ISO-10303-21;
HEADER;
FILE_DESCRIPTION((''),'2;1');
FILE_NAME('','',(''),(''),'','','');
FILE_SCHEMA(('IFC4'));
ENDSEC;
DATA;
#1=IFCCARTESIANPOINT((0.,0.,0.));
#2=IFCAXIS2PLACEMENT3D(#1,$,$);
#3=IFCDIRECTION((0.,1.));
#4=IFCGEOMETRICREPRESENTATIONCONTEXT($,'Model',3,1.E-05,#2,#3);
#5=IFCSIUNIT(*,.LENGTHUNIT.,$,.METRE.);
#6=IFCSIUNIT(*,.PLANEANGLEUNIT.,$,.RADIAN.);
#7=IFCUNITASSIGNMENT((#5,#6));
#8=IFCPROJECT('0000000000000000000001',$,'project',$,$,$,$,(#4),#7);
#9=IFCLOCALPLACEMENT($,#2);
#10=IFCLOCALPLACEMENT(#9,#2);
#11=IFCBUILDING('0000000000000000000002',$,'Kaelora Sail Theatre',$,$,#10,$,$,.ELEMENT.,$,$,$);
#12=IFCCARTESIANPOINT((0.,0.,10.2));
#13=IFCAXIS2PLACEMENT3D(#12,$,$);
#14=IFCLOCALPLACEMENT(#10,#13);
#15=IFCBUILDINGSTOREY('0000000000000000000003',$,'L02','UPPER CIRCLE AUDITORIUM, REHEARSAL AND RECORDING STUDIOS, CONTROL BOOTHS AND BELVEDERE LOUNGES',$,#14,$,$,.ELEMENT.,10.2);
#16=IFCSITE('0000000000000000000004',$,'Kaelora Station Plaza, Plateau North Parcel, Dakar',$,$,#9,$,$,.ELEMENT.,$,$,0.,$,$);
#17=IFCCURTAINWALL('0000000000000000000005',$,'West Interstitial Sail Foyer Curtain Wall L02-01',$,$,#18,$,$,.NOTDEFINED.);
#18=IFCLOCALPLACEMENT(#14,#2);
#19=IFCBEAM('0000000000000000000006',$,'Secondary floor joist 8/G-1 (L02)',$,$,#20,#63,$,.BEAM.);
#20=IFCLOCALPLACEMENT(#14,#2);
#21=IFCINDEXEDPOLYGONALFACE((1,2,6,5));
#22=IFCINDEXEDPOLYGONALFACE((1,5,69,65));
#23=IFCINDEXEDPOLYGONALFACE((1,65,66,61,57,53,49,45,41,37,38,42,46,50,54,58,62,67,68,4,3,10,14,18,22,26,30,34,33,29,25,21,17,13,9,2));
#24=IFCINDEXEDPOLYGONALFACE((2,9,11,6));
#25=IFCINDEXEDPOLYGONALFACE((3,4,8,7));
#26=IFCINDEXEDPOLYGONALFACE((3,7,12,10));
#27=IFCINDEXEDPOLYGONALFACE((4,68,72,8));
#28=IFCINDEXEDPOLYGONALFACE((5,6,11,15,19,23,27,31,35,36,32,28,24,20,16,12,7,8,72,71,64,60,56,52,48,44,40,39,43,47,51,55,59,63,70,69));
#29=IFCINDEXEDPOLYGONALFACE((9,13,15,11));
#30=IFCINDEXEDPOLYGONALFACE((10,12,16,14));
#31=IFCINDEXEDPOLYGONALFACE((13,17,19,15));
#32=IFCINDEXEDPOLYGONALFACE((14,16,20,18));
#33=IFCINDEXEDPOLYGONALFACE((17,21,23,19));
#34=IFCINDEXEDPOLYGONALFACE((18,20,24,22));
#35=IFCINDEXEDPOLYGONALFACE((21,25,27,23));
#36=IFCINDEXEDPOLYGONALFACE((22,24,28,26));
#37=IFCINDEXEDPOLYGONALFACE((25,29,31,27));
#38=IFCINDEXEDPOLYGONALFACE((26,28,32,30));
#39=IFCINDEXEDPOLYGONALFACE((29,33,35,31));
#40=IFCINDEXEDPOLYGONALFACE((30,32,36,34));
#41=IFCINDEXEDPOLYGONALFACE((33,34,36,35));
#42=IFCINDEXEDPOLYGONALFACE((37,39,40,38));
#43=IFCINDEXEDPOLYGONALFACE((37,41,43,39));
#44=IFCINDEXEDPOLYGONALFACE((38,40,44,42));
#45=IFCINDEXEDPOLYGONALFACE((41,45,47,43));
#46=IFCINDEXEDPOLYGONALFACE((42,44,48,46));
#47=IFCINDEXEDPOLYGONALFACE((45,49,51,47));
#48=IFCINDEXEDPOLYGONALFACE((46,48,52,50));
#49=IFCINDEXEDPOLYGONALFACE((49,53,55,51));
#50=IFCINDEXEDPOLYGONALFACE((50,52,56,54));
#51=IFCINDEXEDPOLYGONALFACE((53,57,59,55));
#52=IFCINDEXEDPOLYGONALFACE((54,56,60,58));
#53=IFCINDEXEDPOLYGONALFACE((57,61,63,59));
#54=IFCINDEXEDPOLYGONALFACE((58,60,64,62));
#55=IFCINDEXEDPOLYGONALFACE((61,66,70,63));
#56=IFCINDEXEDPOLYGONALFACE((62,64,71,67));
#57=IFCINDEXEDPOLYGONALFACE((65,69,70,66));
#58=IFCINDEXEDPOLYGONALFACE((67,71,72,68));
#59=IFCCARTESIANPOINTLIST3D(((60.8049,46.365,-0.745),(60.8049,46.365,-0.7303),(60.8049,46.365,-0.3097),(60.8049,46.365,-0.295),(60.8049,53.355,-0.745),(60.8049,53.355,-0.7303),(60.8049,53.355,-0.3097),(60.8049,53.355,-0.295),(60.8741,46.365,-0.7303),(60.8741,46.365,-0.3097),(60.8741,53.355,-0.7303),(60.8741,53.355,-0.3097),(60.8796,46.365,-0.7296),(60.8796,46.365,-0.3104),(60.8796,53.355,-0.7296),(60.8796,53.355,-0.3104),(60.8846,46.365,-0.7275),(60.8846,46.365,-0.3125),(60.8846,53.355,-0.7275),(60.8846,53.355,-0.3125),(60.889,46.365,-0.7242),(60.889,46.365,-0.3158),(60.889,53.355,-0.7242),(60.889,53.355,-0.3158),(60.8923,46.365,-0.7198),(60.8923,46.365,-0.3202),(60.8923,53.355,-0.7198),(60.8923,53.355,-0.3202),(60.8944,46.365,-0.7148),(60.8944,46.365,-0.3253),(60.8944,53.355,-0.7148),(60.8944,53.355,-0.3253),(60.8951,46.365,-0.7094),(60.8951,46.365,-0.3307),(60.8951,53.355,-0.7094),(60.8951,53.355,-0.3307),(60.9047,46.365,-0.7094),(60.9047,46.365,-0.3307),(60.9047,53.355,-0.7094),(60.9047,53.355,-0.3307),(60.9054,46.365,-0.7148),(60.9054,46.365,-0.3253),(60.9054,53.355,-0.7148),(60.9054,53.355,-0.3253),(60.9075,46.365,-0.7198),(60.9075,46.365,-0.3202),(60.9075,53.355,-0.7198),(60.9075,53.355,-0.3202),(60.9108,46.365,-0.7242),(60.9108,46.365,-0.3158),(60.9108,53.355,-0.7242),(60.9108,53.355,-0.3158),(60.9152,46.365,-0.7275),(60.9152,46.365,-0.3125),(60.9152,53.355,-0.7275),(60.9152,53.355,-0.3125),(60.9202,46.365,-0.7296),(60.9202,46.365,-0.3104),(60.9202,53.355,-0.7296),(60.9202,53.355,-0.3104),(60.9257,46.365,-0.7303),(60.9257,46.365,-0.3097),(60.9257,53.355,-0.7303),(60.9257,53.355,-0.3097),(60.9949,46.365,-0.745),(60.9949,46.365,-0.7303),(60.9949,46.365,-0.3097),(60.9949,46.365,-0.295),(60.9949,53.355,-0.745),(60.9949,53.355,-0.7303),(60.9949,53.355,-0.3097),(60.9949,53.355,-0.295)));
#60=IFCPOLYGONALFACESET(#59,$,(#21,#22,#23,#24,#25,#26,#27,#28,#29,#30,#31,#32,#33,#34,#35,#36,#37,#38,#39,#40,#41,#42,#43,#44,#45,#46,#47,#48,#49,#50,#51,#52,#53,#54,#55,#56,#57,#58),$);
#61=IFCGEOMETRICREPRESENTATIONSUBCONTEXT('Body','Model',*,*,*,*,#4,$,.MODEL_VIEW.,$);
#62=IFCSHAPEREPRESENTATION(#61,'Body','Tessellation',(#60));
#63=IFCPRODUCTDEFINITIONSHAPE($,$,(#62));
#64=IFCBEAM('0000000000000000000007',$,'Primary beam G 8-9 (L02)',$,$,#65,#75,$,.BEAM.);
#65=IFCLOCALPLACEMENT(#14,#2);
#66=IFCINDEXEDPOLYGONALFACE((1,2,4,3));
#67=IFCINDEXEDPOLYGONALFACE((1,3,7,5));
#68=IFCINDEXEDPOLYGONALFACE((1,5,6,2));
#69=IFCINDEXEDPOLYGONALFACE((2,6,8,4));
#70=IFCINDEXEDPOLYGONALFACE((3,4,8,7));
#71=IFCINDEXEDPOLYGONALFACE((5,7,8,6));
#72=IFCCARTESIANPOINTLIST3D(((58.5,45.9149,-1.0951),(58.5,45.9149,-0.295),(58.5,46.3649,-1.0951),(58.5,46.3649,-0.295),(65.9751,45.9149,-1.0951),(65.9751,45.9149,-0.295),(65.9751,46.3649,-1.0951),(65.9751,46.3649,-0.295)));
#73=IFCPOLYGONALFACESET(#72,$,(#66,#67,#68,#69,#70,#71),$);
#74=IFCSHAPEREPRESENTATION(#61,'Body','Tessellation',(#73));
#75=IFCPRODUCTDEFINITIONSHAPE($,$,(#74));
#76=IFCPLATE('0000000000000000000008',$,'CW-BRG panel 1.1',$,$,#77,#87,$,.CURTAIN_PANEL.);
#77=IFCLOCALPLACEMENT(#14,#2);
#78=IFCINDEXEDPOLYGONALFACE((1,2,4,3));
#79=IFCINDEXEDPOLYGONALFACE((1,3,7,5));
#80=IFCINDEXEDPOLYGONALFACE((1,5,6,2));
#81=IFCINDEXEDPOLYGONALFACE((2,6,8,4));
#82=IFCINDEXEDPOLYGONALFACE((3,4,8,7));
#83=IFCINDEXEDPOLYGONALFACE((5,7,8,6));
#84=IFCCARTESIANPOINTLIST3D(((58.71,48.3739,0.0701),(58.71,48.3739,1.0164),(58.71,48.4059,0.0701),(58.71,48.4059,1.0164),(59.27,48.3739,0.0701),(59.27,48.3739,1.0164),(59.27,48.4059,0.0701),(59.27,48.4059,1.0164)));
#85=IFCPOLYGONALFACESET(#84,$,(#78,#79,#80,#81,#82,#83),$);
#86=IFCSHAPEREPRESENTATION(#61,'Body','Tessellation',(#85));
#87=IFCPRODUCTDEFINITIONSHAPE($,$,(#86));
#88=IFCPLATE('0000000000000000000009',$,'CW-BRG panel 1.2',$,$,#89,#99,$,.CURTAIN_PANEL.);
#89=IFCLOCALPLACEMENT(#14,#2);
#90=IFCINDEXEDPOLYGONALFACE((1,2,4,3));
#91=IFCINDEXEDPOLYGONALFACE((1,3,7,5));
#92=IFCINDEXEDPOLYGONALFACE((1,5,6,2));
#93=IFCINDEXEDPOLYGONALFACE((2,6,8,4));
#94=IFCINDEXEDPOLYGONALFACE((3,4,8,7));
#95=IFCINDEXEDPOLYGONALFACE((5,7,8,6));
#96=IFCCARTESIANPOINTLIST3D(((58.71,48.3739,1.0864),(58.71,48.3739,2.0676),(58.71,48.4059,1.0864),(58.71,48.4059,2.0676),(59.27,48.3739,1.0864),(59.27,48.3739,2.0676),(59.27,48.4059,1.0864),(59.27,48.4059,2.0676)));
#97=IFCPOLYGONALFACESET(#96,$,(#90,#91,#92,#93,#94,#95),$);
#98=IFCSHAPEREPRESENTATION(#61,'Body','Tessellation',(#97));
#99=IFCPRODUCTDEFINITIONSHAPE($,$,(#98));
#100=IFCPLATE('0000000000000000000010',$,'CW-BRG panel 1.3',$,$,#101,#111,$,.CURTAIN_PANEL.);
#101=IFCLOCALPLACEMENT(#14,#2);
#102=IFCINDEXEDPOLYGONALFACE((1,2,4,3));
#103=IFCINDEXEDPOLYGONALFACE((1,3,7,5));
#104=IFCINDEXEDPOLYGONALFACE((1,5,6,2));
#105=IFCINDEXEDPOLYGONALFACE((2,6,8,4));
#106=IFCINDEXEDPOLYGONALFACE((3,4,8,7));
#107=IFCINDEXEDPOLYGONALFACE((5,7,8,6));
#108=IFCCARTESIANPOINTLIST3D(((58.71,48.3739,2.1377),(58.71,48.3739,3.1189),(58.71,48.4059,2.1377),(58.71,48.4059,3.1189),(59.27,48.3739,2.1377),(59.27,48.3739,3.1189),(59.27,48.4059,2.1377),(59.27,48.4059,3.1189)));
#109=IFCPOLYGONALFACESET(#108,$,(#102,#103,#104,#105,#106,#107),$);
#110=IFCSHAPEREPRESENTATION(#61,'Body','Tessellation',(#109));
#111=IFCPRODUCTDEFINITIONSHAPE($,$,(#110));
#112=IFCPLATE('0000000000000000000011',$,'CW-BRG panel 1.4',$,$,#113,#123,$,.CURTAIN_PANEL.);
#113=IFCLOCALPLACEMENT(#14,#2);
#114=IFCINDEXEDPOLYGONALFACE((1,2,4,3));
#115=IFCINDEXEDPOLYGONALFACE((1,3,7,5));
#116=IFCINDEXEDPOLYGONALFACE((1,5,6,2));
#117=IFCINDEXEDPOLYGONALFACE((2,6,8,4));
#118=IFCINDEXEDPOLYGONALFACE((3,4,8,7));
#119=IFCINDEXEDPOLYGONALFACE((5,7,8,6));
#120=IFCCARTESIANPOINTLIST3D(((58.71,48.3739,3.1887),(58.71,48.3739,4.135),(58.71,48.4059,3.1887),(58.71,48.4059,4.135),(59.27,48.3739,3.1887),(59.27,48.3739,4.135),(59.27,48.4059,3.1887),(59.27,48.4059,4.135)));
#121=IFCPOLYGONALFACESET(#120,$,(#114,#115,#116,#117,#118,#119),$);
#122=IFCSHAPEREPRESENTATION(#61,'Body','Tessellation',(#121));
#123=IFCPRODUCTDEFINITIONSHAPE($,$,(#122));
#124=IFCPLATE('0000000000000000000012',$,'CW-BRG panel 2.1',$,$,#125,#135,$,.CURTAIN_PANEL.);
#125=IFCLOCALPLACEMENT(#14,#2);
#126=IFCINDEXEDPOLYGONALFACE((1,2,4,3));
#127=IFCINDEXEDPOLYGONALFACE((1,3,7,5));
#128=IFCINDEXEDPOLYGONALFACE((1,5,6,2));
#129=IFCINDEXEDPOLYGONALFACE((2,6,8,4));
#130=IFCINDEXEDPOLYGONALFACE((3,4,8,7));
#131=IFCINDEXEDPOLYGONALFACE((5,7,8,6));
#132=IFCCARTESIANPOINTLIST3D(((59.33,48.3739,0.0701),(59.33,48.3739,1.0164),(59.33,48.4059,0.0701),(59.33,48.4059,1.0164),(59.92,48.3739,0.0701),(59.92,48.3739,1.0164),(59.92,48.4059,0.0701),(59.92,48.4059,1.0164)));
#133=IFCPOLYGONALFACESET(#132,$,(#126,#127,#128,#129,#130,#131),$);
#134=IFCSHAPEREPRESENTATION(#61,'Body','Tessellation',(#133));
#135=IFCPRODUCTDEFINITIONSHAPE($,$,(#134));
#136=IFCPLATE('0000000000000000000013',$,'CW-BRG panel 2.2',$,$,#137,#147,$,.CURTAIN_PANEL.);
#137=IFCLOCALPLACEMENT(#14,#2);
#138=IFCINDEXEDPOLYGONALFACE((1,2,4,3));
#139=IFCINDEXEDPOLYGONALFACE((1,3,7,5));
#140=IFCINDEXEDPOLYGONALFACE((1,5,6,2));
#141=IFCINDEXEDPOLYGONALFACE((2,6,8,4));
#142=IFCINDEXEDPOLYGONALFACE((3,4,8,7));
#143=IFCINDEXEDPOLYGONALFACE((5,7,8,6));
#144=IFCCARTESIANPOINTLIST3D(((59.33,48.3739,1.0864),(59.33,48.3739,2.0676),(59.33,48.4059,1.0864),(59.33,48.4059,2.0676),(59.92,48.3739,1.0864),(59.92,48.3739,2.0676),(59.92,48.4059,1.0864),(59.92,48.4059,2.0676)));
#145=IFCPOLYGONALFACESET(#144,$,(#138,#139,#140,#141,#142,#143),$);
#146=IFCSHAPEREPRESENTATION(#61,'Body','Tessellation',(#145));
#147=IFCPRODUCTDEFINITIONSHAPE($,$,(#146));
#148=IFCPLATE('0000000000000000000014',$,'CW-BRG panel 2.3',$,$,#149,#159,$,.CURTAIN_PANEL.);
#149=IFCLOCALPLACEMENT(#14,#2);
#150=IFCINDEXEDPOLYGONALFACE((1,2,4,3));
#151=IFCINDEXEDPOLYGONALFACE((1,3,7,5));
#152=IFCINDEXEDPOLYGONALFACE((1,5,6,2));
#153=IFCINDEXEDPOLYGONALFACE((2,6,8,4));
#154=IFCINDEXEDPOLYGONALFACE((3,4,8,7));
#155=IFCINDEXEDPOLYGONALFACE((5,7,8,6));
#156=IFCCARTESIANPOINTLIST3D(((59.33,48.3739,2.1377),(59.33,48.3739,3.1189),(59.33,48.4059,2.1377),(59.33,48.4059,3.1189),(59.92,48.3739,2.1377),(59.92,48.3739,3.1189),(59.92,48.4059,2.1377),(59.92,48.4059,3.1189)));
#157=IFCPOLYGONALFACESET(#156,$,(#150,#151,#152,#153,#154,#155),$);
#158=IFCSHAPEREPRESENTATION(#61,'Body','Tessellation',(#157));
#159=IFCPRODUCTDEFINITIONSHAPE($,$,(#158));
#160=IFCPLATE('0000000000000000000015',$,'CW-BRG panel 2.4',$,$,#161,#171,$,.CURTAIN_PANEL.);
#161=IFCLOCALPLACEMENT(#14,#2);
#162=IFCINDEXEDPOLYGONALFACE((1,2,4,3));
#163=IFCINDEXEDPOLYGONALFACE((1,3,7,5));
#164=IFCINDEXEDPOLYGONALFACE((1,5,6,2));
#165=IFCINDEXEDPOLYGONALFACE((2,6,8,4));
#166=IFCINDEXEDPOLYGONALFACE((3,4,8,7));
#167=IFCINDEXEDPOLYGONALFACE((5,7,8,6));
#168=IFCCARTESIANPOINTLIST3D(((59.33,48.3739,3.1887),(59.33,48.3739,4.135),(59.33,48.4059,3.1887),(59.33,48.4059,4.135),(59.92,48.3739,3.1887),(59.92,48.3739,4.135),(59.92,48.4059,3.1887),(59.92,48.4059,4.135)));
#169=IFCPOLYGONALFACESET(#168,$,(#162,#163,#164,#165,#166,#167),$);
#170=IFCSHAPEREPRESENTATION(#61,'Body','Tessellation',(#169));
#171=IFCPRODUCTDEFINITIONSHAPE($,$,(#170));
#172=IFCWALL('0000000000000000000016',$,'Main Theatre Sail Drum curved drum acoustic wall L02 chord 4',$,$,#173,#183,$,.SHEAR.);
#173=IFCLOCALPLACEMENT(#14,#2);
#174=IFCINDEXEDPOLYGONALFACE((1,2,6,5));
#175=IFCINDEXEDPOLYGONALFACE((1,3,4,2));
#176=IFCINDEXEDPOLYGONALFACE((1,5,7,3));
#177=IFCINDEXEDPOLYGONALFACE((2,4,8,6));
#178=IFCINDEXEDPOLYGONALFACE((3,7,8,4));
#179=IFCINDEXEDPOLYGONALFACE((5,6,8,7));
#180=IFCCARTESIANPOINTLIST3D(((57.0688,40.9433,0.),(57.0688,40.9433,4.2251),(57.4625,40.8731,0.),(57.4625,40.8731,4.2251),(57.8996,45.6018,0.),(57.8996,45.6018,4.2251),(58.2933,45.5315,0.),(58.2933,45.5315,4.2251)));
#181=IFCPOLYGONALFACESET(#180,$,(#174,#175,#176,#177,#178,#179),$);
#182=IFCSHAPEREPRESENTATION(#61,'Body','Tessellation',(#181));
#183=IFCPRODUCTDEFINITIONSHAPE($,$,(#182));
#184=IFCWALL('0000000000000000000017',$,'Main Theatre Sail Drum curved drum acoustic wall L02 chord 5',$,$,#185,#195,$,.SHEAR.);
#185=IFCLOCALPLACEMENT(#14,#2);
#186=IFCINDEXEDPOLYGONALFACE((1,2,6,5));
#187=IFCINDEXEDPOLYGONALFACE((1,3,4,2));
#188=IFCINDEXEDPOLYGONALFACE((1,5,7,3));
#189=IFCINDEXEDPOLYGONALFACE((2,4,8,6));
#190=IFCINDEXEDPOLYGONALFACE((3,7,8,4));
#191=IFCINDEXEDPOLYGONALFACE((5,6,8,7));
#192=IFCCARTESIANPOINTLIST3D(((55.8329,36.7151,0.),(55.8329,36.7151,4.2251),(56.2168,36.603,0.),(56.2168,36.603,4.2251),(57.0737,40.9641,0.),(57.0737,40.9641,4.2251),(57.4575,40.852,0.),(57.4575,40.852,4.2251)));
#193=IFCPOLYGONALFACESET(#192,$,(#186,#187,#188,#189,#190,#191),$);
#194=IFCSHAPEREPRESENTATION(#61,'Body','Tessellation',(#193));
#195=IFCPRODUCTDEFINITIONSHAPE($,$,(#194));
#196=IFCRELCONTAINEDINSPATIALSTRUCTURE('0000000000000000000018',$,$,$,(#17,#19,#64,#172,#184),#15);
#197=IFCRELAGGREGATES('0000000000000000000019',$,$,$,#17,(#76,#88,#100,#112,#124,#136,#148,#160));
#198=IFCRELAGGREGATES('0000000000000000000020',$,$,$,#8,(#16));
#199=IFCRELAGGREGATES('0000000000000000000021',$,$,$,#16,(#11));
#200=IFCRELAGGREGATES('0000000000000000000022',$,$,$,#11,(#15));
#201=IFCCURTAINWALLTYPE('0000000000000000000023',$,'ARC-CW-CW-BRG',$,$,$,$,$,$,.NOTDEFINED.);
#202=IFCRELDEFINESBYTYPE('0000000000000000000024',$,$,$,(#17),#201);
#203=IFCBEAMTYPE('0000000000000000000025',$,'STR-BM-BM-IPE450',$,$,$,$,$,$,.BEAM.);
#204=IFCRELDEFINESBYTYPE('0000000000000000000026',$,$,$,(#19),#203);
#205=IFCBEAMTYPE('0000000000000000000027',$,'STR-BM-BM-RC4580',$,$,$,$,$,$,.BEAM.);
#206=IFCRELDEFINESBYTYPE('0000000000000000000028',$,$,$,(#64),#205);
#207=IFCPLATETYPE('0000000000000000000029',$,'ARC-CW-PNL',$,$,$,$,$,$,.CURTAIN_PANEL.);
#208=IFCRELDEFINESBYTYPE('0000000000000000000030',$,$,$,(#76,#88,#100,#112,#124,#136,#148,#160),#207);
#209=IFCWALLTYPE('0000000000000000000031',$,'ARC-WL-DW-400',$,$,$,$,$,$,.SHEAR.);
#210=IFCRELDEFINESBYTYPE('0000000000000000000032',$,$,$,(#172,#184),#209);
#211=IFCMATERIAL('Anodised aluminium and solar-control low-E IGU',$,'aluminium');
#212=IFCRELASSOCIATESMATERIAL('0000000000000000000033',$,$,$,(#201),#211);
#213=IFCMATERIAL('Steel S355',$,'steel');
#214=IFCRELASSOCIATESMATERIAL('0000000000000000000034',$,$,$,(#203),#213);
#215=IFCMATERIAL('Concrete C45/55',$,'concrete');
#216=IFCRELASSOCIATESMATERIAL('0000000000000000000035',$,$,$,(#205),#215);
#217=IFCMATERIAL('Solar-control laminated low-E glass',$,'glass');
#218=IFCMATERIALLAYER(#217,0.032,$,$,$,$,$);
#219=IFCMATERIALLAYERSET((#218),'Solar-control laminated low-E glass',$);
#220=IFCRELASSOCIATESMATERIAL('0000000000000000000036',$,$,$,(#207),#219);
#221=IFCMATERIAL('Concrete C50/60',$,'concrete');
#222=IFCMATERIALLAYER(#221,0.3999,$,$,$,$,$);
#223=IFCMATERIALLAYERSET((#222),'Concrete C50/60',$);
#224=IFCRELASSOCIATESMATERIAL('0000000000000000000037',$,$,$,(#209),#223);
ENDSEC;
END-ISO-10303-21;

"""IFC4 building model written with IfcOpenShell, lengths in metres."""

from ifc_helpers import new_model, si_unit, direction, frame, frame_2d, origin, origin_2d, place, context, subcontext, project, spatial, rectangle, i_section, extrude, material, layer, layer_set, material_profile, profile_set, type_object, element, aggregate, save


model = new_model("IFC4")

# Units and contexts
model_context = context("Model", 3, precision=1e-05, world=origin(), true_north=direction((0.0, 1.0)))
body_context = subcontext(model_context, "Body", "Model", "MODEL_VIEW")
ifc_project = project(units=[si_unit("LENGTHUNIT", "METRE"), si_unit("PLANEANGLEUNIT", "RADIAN")], contexts=[model_context])

# Site, building, storey
site_placement = place(None, origin())
site = spatial("IfcSite", under=ifc_project, at=site_placement, Name="Kaelora Station Plaza, Plateau North Parcel, Dakar", CompositionType="ELEMENT", RefElevation=0.0)
building_placement = place(site_placement, origin())
building = spatial("IfcBuilding", under=site, at=building_placement, Name="Kaelora Sail Theatre", CompositionType="ELEMENT")
storey_placement = place(building_placement, frame((0.0, 0.0, 10.2)))
storey = spatial("IfcBuildingStorey", under=building, at=storey_placement, Name="L02", Description="UPPER CIRCLE AUDITORIUM, REHEARSAL AND RECORDING STUDIOS, CONTROL BOOTHS AND BELVEDERE LOUNGES", CompositionType="ELEMENT", Elevation=10.2)

# Curtain wall
ifc_material_1 = material(Name="Anodised aluminium and solar-control low-E IGU", Category="aluminium")
curtain_wall_type = type_object("IfcCurtainWallType", Name="ARC-CW-CW-BRG", PredefinedType="NOTDEFINED", material=ifc_material_1)
curtain_wall_placement = place(storey_placement, origin())
curtain_wall = element("IfcCurtainWall", 1, at=curtain_wall_placement, inside=storey, type_object=curtain_wall_type, Name="West Interstitial Sail Foyer Curtain Wall L02-01", PredefinedType="NOTDEFINED")

# Beams
ifc_material_2 = material(Name="Steel S355", Category="steel")
ifc_material_profile_1 = material_profile(ifc_material_2, i_section(OverallWidth=0.1899, OverallDepth=0.45, WebThickness=0.0095, FlangeThickness=0.0146, FilletRadius=0.021, at=origin_2d()), Name="IPE 450")
ifc_profile_set_1 = profile_set([ifc_material_profile_1], Name="Steel S355")
beam_type_1 = type_object("IfcBeamType", Name="STR-BM-BM-IPE450", PredefinedType="BEAM", material=ifc_profile_set_1)
beam_1_placement = place(storey_placement, frame((60.8999, 46.365, -0.52), z_axis=(0.0, 1.0, 0.0), x_axis=(-1.0, 0.0, 0.0)))
element("IfcBeam", 2, at=beam_1_placement, inside=storey, type_object=beam_type_1, Name="Secondary floor joist 8/G-1 (L02)", PredefinedType="BEAM", context=body_context, shape_type="SweptSolid", body=[
    extrude(i_section(OverallWidth=0.1899, OverallDepth=0.45, WebThickness=0.0095, FlangeThickness=0.0146, FilletRadius=0.021, at=origin_2d()), origin(), (0.0, 0.0, 1.0), 6.99),
])
ifc_material_3 = material(Name="Concrete C45/55", Category="concrete")
ifc_material_profile_2 = material_profile(ifc_material_3, rectangle(XDim=0.45, YDim=0.8, at=origin_2d()), Name="RC-BM 450x800")
ifc_profile_set_2 = profile_set([ifc_material_profile_2], Name="Concrete C45/55")
beam_type_2 = type_object("IfcBeamType", Name="STR-BM-BM-RC4580", PredefinedType="BEAM", material=ifc_profile_set_2)
beam_2_placement = place(storey_placement, frame((58.5, 46.1399, -0.6951), z_axis=(1.0, 0.0, 0.0), x_axis=(0.0, 1.0, 0.0)))
element("IfcBeam", 3, at=beam_2_placement, inside=storey, type_object=beam_type_2, Name="Primary beam G 8-9 (L02)", PredefinedType="BEAM", context=body_context, shape_type="SweptSolid", body=[
    extrude(rectangle(XDim=0.45, YDim=0.8, at=origin_2d()), origin(), (0.0, 0.0, 1.0), 7.4751),
])

# Plates
ifc_material_4 = material(Name="Solar-control laminated low-E glass", Category="glass")
ifc_layer_1 = layer(ifc_material_4, 0.032)
ifc_layer_set_1 = layer_set([ifc_layer_1], Name="Solar-control laminated low-E glass")
plate_type = type_object("IfcPlateType", Name="ARC-CW-PNL", PredefinedType="CURTAIN_PANEL", material=ifc_layer_set_1)
plate_1_placement = place(storey_placement, frame((58.99, 48.3899, 0.0701), z_axis=(0.0, 0.0, 1.0), x_axis=(1.0, 0.0, 0.0)))
plate_1 = element("IfcPlate", 4, at=plate_1_placement, type_object=plate_type, Name="CW-BRG panel 1.1", PredefinedType="CURTAIN_PANEL", context=body_context, shape_type="SweptSolid", body=[
    extrude(rectangle(XDim=0.5601, YDim=0.032, at=origin_2d()), origin(), (0.0, 0.0, 1.0), 0.9463),
])
plate_2_placement = place(storey_placement, frame((58.99, 48.3899, 1.0864), z_axis=(0.0, 0.0, 1.0), x_axis=(1.0, 0.0, 0.0)))
plate_2 = element("IfcPlate", 5, at=plate_2_placement, type_object=plate_type, Name="CW-BRG panel 1.2", PredefinedType="CURTAIN_PANEL", context=body_context, shape_type="SweptSolid", body=[
    extrude(rectangle(XDim=0.5601, YDim=0.032, at=origin_2d()), origin(), (0.0, 0.0, 1.0), 0.9812),
])
plate_3_placement = place(storey_placement, frame((58.99, 48.3899, 2.1377), z_axis=(0.0, 0.0, 1.0), x_axis=(1.0, 0.0, 0.0)))
plate_3 = element("IfcPlate", 6, at=plate_3_placement, type_object=plate_type, Name="CW-BRG panel 1.3", PredefinedType="CURTAIN_PANEL", context=body_context, shape_type="SweptSolid", body=[
    extrude(rectangle(XDim=0.5601, YDim=0.032, at=origin_2d()), origin(), (0.0, 0.0, 1.0), 0.9812),
])
plate_4_placement = place(storey_placement, frame((58.99, 48.3899, 3.1887), z_axis=(0.0, 0.0, 1.0), x_axis=(1.0, 0.0, 0.0)))
plate_4 = element("IfcPlate", 7, at=plate_4_placement, type_object=plate_type, Name="CW-BRG panel 1.4", PredefinedType="CURTAIN_PANEL", context=body_context, shape_type="SweptSolid", body=[
    extrude(rectangle(XDim=0.5601, YDim=0.032, at=origin_2d()), origin(), (0.0, 0.0, 1.0), 0.9463),
])
plate_5_placement = place(storey_placement, frame((59.625, 48.3899, 0.0701), z_axis=(0.0, 0.0, 1.0), x_axis=(1.0, 0.0, 0.0)))
plate_5 = element("IfcPlate", 8, at=plate_5_placement, type_object=plate_type, Name="CW-BRG panel 2.1", PredefinedType="CURTAIN_PANEL", context=body_context, shape_type="SweptSolid", body=[
    extrude(rectangle(XDim=0.5901, YDim=0.032, at=origin_2d()), origin(), (0.0, 0.0, 1.0), 0.9463),
])
plate_6_placement = place(storey_placement, frame((59.625, 48.3899, 1.0864), z_axis=(0.0, 0.0, 1.0), x_axis=(1.0, 0.0, 0.0)))
plate_6 = element("IfcPlate", 9, at=plate_6_placement, type_object=plate_type, Name="CW-BRG panel 2.2", PredefinedType="CURTAIN_PANEL", context=body_context, shape_type="SweptSolid", body=[
    extrude(rectangle(XDim=0.5901, YDim=0.032, at=origin_2d()), origin(), (0.0, 0.0, 1.0), 0.9812),
])
plate_7_placement = place(storey_placement, frame((59.625, 48.3899, 2.1377), z_axis=(0.0, 0.0, 1.0), x_axis=(1.0, 0.0, 0.0)))
plate_7 = element("IfcPlate", 10, at=plate_7_placement, type_object=plate_type, Name="CW-BRG panel 2.3", PredefinedType="CURTAIN_PANEL", context=body_context, shape_type="SweptSolid", body=[
    extrude(rectangle(XDim=0.5901, YDim=0.032, at=origin_2d()), origin(), (0.0, 0.0, 1.0), 0.9812),
])
plate_8_placement = place(storey_placement, frame((59.625, 48.3899, 3.1887), z_axis=(0.0, 0.0, 1.0), x_axis=(1.0, 0.0, 0.0)))
plate_8 = element("IfcPlate", 11, at=plate_8_placement, type_object=plate_type, Name="CW-BRG panel 2.4", PredefinedType="CURTAIN_PANEL", context=body_context, shape_type="SweptSolid", body=[
    extrude(rectangle(XDim=0.5901, YDim=0.032, at=origin_2d()), origin(), (0.0, 0.0, 1.0), 0.9463),
])
aggregate(curtain_wall, [plate_1, plate_2, plate_3, plate_4, plate_5, plate_6, plate_7, plate_8])

# Walls
ifc_material_5 = material(Name="Concrete C50/60", Category="concrete")
ifc_layer_2 = layer(ifc_material_5, 0.3999)
ifc_layer_set_2 = layer_set([ifc_layer_2], Name="Concrete C50/60")
wall_type = type_object("IfcWallType", Name="ARC-WL-DW-400", PredefinedType="SHEAR", material=ifc_layer_set_2)
wall_1_placement = place(storey_placement, frame((58.0964, 45.5667, 0.0), z_axis=(0.0, 0.0, 1.0), x_axis=(-0.175575, -0.984466, 0.0)))
element("IfcWall", 12, at=wall_1_placement, inside=storey, type_object=wall_type, Name="Main Theatre Sail Drum curved drum acoustic wall L02 chord 4", PredefinedType="SHEAR", context=body_context, shape_type="SweptSolid", body=[
    extrude(rectangle(XDim=4.7319, YDim=0.3999, at=frame_2d((2.366, 0.0))), origin(), (0.0, 0.0, 1.0), 4.2251),
])
wall_2_placement = place(storey_placement, frame((57.2656, 40.9082, 0.0), z_axis=(0.0, 0.0, 1.0), x_axis=(-0.280296, -0.959913, 0.0)))
element("IfcWall", 13, at=wall_2_placement, inside=storey, type_object=wall_type, Name="Main Theatre Sail Drum curved drum acoustic wall L02 chord 5", PredefinedType="SHEAR", context=body_context, shape_type="SweptSolid", body=[
    extrude(rectangle(XDim=4.4265, YDim=0.3999, at=frame_2d((2.2134, 0.0))), origin(), (0.0, 0.0, 1.0), 4.2251),
])

save(model, "model.ifc")
